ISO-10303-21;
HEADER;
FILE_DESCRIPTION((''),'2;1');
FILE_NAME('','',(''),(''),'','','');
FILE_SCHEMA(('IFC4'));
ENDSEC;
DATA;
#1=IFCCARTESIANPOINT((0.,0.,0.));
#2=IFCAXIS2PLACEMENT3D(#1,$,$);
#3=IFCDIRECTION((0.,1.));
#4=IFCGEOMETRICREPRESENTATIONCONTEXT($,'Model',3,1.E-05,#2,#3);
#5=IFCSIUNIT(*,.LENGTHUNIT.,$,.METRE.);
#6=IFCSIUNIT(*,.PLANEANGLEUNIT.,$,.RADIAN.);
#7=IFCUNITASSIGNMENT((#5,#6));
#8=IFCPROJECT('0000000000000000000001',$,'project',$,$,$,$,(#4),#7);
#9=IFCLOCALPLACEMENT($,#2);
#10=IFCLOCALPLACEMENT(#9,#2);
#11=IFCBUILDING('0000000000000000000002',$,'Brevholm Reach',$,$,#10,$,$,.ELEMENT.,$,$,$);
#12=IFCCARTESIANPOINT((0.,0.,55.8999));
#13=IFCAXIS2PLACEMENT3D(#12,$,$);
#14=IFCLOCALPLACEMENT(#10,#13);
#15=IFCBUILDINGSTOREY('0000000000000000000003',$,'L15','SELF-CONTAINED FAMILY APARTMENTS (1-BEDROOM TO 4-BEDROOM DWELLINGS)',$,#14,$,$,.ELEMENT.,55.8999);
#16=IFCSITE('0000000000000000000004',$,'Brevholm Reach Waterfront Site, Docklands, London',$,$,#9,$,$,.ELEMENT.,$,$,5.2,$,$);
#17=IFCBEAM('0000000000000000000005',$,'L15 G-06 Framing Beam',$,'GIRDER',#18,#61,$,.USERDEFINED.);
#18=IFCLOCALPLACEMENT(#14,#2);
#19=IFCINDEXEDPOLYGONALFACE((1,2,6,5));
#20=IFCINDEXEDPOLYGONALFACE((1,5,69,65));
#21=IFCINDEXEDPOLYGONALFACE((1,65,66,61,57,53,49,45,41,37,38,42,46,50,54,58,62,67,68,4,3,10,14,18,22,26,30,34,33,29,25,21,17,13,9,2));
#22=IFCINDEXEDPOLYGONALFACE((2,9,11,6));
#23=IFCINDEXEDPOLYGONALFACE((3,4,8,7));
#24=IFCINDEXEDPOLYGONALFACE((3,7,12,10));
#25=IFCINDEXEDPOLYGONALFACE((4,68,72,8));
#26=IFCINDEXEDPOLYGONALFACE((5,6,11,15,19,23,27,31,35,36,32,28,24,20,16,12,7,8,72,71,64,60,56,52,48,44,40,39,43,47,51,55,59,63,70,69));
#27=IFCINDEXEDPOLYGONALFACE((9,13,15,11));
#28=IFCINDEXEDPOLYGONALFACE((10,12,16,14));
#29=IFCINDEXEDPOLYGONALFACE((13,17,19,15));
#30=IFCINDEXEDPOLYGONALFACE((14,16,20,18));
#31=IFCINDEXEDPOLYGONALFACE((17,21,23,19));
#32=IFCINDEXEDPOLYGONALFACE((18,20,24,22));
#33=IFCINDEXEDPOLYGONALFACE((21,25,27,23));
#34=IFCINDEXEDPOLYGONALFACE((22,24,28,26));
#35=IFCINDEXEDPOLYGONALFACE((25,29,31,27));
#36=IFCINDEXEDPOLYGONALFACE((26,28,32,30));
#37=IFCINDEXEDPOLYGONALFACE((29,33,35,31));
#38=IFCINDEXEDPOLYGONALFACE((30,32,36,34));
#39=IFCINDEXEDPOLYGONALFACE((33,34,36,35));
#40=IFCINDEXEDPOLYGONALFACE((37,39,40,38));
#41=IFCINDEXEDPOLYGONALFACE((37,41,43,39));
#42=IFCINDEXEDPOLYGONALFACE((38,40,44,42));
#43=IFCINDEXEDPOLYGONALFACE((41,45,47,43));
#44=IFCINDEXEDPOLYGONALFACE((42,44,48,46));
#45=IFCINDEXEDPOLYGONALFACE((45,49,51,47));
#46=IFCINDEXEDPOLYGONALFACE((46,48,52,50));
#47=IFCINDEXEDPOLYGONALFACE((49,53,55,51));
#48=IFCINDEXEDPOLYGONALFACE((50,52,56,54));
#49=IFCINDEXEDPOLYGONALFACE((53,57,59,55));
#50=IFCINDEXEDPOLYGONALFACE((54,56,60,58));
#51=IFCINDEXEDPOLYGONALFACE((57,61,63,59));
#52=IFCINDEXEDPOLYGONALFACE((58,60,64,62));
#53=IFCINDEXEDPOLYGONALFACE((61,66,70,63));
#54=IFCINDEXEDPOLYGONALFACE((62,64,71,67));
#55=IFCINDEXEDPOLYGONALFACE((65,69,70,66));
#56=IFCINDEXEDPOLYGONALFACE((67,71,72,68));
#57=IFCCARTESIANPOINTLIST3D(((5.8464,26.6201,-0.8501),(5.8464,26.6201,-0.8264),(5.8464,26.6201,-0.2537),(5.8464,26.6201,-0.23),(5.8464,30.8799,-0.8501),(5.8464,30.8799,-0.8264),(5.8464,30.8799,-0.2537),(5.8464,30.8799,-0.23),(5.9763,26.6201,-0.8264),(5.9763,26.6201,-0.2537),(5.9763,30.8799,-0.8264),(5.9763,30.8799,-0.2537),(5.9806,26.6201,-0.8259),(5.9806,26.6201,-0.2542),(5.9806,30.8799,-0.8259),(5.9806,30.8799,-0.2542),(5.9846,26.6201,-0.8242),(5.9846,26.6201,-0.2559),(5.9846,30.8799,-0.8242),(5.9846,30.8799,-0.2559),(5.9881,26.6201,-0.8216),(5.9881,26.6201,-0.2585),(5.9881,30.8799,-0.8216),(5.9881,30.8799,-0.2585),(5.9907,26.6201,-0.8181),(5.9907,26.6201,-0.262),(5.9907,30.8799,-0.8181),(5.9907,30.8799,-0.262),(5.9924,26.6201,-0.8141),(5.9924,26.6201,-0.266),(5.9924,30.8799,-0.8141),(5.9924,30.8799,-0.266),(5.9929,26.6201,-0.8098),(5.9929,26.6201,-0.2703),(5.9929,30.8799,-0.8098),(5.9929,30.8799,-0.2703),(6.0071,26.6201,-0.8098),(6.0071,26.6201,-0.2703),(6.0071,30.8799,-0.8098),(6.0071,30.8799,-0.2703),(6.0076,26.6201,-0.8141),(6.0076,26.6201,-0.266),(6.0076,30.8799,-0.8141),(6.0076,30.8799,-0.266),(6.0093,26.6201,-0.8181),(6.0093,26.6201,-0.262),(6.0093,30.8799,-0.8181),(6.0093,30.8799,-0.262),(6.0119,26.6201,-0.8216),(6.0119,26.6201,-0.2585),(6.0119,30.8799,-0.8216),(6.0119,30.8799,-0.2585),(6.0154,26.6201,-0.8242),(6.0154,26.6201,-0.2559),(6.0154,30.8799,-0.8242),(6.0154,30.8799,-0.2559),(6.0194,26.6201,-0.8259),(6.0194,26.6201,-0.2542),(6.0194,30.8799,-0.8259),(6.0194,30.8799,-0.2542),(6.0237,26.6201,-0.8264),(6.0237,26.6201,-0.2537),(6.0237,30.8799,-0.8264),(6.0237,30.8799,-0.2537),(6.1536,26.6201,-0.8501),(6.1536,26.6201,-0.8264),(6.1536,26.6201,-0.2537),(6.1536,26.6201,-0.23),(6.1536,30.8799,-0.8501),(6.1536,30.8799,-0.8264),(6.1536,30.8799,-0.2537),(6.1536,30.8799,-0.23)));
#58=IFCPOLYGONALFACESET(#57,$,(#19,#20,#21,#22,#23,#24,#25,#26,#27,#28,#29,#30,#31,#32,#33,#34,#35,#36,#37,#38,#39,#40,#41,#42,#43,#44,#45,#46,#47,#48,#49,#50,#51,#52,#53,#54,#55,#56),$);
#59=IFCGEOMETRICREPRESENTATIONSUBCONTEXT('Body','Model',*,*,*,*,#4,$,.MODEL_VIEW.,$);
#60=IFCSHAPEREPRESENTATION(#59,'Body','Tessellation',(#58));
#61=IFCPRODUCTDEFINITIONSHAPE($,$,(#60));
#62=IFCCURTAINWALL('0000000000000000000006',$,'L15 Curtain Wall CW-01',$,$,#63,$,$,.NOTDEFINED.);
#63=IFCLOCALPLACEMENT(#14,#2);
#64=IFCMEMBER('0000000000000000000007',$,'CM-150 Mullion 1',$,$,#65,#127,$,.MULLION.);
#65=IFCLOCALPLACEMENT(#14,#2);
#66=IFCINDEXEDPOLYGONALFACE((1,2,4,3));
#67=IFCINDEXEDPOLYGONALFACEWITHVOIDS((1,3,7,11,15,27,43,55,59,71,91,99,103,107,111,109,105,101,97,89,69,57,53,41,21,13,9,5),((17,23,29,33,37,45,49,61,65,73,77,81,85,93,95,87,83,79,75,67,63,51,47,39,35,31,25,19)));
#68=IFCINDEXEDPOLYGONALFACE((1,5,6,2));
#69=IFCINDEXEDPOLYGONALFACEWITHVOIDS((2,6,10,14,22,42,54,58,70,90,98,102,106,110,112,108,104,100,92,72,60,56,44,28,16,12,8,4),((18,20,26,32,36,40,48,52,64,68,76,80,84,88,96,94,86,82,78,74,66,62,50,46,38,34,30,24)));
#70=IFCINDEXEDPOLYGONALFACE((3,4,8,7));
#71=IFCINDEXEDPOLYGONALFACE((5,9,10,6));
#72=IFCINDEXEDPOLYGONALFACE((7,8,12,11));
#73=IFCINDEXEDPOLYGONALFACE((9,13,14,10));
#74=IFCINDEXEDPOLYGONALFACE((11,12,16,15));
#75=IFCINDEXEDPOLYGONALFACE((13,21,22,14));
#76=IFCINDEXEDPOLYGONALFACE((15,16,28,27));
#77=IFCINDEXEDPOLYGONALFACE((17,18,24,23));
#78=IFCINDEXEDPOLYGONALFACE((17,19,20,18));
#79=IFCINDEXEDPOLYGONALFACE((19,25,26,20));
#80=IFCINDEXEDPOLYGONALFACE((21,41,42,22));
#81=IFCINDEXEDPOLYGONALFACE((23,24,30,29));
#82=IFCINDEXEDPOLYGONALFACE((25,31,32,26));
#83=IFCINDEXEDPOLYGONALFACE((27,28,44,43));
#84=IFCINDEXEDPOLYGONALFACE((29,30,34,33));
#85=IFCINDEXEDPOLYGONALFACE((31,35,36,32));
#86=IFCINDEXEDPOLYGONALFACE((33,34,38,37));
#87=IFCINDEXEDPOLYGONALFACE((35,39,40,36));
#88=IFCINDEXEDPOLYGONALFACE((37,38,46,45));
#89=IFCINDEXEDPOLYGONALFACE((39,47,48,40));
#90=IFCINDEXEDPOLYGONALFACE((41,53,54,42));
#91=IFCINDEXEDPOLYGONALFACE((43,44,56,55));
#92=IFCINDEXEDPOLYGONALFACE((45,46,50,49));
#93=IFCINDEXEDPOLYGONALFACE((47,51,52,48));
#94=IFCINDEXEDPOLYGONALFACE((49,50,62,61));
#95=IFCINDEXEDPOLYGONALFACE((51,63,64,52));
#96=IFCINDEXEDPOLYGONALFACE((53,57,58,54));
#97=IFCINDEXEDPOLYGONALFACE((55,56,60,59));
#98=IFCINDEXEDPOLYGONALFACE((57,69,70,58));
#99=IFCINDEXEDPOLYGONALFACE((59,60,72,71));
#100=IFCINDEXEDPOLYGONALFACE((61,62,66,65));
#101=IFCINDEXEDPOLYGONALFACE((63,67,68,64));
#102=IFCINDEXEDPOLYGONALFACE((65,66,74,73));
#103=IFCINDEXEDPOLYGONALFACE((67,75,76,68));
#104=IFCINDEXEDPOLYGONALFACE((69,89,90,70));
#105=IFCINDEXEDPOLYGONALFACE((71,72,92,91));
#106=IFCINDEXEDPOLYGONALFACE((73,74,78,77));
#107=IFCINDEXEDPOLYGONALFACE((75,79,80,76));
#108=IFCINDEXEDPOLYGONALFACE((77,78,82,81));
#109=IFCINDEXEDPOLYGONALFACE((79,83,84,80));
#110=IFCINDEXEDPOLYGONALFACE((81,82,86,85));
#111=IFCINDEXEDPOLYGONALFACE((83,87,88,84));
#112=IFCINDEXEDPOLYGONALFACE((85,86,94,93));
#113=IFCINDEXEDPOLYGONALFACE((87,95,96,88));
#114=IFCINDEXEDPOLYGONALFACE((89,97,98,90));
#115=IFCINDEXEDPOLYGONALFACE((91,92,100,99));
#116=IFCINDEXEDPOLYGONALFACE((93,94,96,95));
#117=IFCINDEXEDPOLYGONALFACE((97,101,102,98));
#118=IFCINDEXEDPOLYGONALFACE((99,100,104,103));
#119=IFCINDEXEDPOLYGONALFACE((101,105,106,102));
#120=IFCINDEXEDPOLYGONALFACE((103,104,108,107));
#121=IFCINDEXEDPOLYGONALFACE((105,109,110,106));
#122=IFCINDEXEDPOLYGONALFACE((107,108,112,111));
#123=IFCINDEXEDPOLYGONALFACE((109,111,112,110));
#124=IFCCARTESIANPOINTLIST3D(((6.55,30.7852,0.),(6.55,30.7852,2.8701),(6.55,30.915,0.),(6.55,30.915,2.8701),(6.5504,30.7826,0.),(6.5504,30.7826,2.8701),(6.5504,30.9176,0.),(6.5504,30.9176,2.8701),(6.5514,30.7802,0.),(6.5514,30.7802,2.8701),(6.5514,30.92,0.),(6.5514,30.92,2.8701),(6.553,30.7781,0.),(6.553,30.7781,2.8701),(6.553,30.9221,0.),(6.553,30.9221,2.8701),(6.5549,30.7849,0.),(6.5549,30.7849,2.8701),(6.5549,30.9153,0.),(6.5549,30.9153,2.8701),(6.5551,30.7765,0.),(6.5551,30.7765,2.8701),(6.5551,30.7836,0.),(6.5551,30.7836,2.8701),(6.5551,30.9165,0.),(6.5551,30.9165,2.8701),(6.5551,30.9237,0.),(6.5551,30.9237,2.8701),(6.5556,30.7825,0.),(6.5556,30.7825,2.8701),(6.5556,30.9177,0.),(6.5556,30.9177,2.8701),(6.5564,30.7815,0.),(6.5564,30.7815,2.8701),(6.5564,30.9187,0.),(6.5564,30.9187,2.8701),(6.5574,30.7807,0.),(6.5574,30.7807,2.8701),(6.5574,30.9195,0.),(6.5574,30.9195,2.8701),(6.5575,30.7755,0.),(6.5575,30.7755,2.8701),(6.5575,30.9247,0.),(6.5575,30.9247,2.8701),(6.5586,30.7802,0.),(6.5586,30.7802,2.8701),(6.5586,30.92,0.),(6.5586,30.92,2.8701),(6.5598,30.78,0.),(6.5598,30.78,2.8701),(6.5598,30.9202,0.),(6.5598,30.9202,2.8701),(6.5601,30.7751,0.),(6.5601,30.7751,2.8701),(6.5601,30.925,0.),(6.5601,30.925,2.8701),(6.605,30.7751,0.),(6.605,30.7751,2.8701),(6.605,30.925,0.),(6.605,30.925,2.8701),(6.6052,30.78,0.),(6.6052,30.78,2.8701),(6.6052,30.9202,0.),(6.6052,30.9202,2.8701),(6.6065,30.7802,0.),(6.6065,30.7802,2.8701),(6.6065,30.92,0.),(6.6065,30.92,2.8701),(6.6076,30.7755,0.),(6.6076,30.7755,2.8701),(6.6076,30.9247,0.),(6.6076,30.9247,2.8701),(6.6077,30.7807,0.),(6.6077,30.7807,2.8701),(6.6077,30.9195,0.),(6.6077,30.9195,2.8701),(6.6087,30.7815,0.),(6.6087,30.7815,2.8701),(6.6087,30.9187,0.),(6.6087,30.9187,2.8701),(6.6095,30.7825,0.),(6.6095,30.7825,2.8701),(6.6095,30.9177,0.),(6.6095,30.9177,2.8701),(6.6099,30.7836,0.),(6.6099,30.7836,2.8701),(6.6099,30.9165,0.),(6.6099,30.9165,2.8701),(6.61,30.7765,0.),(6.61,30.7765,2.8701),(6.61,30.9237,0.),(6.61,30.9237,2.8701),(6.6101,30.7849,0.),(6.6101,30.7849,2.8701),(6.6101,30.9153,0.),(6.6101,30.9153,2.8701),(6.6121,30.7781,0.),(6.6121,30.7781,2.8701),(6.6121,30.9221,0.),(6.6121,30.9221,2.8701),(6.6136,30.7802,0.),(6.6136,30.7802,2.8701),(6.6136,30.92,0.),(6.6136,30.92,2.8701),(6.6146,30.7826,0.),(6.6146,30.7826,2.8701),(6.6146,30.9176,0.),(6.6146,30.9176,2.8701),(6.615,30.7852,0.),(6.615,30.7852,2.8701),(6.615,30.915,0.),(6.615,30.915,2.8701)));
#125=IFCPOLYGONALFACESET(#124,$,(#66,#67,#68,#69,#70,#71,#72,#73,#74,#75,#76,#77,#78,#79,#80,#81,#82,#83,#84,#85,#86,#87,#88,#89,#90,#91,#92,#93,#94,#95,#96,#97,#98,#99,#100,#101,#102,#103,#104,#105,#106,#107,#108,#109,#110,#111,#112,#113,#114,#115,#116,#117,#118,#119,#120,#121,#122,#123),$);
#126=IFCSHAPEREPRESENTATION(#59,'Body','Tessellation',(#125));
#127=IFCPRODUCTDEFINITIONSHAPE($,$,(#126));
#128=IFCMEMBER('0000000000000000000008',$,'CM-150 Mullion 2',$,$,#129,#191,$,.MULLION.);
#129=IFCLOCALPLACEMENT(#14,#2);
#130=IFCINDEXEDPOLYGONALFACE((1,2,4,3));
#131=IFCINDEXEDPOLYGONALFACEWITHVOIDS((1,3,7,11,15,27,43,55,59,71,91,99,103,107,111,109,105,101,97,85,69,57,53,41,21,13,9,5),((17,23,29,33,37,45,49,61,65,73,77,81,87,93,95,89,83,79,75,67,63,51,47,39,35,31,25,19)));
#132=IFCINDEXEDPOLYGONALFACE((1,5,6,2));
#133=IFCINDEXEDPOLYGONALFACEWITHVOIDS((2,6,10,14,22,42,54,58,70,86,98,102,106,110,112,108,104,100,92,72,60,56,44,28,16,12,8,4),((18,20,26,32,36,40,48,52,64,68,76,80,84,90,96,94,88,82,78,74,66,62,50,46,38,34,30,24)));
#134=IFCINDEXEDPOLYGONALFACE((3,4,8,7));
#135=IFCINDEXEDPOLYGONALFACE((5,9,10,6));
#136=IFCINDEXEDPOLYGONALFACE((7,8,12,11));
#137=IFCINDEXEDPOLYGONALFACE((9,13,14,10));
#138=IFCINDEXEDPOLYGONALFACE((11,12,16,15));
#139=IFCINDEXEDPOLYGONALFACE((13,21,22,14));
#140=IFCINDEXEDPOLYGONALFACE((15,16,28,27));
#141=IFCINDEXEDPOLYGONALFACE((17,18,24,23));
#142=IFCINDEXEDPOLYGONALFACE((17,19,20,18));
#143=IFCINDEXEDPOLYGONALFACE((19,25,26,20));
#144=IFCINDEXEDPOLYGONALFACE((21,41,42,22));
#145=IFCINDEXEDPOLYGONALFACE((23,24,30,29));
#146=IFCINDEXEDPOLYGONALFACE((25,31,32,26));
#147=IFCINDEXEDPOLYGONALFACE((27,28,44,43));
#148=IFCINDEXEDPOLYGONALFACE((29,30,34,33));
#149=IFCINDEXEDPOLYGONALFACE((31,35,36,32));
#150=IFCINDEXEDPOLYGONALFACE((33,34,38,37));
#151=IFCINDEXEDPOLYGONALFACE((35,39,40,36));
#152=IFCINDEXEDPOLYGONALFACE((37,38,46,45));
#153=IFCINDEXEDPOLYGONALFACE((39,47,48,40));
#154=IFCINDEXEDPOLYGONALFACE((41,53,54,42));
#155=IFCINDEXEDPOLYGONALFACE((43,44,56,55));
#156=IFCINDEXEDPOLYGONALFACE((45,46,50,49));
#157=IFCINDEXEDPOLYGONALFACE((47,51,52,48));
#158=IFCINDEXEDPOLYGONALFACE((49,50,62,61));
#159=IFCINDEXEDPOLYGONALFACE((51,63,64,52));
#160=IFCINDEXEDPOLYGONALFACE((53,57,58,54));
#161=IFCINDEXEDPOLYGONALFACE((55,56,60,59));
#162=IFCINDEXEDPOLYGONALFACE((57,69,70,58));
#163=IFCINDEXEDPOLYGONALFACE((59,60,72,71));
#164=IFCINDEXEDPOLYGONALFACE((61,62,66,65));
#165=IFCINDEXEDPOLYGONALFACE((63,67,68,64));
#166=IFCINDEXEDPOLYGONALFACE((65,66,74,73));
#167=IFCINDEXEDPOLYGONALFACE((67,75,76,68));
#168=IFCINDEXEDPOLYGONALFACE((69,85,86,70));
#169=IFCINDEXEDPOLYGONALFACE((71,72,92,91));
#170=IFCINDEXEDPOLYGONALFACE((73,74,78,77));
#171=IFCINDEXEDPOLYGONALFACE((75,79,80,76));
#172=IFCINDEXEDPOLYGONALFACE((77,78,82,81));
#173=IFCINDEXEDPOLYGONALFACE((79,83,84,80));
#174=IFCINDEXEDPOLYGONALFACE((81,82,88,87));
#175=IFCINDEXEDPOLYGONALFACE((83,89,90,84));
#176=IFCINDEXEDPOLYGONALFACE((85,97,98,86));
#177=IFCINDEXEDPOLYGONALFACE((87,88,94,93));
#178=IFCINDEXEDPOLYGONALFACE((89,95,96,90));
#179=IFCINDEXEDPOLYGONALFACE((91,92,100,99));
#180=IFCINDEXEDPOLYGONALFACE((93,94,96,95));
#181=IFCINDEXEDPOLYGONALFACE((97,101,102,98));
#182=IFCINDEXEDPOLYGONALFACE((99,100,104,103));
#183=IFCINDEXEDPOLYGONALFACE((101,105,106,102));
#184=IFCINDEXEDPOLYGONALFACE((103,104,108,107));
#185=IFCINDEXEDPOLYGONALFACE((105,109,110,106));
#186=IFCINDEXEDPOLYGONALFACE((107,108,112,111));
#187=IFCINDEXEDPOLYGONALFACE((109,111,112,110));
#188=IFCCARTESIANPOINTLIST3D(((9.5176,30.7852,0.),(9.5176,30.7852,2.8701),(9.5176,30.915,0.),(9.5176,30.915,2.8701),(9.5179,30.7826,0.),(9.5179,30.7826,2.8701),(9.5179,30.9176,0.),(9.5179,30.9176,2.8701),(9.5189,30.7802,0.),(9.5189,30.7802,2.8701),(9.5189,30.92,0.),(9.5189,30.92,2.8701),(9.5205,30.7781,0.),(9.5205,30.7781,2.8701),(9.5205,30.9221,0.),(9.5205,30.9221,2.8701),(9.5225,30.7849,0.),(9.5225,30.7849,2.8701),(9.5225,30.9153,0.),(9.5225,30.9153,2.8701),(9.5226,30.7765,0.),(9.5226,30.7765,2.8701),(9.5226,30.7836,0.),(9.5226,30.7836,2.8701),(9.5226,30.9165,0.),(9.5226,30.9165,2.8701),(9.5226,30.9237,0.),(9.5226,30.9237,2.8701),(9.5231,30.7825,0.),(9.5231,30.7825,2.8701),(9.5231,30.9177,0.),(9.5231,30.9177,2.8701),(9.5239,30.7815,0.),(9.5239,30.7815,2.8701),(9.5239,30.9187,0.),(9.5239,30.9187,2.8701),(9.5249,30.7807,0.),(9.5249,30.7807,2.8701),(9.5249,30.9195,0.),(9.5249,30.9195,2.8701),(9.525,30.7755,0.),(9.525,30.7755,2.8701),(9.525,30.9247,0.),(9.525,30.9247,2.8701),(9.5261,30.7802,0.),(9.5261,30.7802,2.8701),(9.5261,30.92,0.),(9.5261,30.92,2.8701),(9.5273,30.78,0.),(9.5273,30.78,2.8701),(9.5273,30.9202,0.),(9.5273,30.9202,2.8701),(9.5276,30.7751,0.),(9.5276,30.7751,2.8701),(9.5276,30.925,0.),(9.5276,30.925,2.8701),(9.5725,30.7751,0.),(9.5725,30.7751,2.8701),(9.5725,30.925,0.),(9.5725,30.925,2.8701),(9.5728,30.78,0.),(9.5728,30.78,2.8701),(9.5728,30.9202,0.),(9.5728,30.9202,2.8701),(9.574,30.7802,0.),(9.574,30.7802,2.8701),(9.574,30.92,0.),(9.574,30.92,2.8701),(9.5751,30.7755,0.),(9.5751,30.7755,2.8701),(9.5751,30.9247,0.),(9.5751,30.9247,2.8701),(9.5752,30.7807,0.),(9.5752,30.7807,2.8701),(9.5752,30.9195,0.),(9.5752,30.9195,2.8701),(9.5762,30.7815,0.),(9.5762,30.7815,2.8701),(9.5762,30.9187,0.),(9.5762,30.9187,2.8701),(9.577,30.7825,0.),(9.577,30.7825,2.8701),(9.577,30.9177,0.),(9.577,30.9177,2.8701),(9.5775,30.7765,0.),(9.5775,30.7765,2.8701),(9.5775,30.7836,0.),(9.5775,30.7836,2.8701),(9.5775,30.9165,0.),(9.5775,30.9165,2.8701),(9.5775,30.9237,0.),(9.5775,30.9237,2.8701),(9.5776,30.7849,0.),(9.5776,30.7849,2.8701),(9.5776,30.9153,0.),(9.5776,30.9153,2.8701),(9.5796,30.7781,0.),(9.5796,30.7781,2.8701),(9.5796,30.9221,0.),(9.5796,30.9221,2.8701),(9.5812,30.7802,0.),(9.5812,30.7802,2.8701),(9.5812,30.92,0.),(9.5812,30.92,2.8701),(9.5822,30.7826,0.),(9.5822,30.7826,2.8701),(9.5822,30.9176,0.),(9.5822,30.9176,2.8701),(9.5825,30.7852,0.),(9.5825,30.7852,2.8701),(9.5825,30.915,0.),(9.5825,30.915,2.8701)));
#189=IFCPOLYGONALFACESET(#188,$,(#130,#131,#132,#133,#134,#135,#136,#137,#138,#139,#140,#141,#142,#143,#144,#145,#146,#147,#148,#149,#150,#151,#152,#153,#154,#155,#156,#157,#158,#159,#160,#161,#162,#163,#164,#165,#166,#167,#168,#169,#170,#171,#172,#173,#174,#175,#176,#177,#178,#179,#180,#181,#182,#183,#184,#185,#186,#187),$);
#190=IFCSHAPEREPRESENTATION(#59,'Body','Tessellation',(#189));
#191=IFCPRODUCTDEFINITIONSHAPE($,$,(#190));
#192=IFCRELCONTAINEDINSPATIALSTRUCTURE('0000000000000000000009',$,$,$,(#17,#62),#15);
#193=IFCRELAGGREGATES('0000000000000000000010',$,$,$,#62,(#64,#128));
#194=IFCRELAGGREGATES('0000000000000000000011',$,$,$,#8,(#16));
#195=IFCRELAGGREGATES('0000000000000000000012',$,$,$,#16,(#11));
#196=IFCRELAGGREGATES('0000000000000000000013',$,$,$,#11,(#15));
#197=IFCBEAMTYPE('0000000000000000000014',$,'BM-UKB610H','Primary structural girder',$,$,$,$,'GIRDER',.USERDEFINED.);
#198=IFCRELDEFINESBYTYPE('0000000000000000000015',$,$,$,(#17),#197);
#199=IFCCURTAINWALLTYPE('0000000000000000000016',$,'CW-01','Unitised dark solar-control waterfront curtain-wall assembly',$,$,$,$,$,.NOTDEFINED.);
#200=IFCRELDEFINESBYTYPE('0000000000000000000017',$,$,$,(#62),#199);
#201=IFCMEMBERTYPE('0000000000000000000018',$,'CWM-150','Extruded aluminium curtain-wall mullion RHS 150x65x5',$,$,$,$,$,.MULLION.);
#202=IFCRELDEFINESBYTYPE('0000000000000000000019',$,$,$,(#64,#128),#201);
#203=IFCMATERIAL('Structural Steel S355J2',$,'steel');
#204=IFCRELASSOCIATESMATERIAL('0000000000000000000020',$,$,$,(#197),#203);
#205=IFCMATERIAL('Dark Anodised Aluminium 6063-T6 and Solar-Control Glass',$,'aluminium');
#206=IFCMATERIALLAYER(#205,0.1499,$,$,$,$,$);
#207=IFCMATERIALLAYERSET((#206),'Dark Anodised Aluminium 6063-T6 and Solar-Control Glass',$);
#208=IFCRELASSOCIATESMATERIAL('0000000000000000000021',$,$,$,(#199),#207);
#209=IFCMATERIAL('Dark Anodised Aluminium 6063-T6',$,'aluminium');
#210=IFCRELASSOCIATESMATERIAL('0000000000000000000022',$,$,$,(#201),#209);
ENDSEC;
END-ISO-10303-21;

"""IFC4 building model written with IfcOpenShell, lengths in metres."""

from ifc_helpers import new_model, si_unit, direction, frame, origin, origin_2d, place, context, subcontext, project, spatial, hollow_rectangle, i_section, extrude, material, layer, layer_set, material_profile, profile_set, type_object, element, aggregate, save


model = new_model("IFC4")

# Units and contexts
model_context = context("Model", 3, precision=1e-05, world=origin(), true_north=direction((0.0, 1.0)))
body_context = subcontext(model_context, "Body", "Model", "MODEL_VIEW")
ifc_project = project(units=[si_unit("LENGTHUNIT", "METRE"), si_unit("PLANEANGLEUNIT", "RADIAN")], contexts=[model_context])

# Site, building, storey
site_placement = place(None, origin())
site = spatial("IfcSite", under=ifc_project, at=site_placement, Name="Brevholm Reach Waterfront Site, Docklands, London", CompositionType="ELEMENT", RefElevation=5.2)
building_placement = place(site_placement, origin())
building = spatial("IfcBuilding", under=site, at=building_placement, Name="Brevholm Reach", CompositionType="ELEMENT")
storey_placement = place(building_placement, frame((0.0, 0.0, 55.8999)))
storey = spatial("IfcBuildingStorey", under=building, at=storey_placement, Name="L15", Description="SELF-CONTAINED FAMILY APARTMENTS (1-BEDROOM TO 4-BEDROOM DWELLINGS)", CompositionType="ELEMENT", Elevation=55.8999)

# Beam
ifc_material_1 = material(Name="Structural Steel S355J2", Category="steel")
ifc_material_profile_1 = material_profile(ifc_material_1, i_section(OverallWidth=0.3071, OverallDepth=0.6201, WebThickness=0.0142, FlangeThickness=0.0237, FilletRadius=0.0166, at=origin_2d()), Name="UKB 610x305x179")
ifc_profile_set_1 = profile_set([ifc_material_profile_1], Name="Structural Steel S355J2")
beam_type_1 = type_object("IfcBeamType", Name="BM-UKB610H", Description="Primary structural girder", ElementType="GIRDER", PredefinedType="USERDEFINED", material=ifc_profile_set_1)
beam_1_placement = place(storey_placement, frame((6.0, 26.6201, -0.54), z_axis=(0.0, 1.0, 0.0), x_axis=(-1.0, 0.0, 0.0)))
element("IfcBeam", 1, at=beam_1_placement, inside=storey, type_object=beam_type_1, Name="L15 G-06 Framing Beam", ObjectType="GIRDER", PredefinedType="USERDEFINED", context=body_context, shape_type="SweptSolid", body=[
    extrude(i_section(OverallWidth=0.3071, OverallDepth=0.6201, WebThickness=0.0142, FlangeThickness=0.0237, FilletRadius=0.0166, at=origin_2d()), origin(), (0.0, 0.0, 1.0), 4.2598),
])

# Curtain wall, members
ifc_material_2 = material(Name="Dark Anodised Aluminium 6063-T6 and Solar-Control Glass", Category="aluminium")
ifc_layer_1 = layer(ifc_material_2, 0.1499)
ifc_layer_set_1 = layer_set([ifc_layer_1], Name="Dark Anodised Aluminium 6063-T6 and Solar-Control Glass")
curtain_wall_type = type_object("IfcCurtainWallType", Name="CW-01", Description="Unitised dark solar-control waterfront curtain-wall assembly", PredefinedType="NOTDEFINED", material=ifc_layer_set_1)
curtain_wall_placement = place(storey_placement, origin())
curtain_wall = element("IfcCurtainWall", 2, at=curtain_wall_placement, inside=storey, type_object=curtain_wall_type, Name="L15 Curtain Wall CW-01", PredefinedType="NOTDEFINED")
ifc_material_3 = material(Name="Dark Anodised Aluminium 6063-T6", Category="aluminium")
ifc_material_profile_2 = material_profile(ifc_material_3, hollow_rectangle(XDim=0.0649, YDim=0.1499, WallThickness=0.0049, InnerFilletRadius=0.0049, OuterFilletRadius=0.01, at=origin_2d()), Name="RHS 150x65x5")
ifc_profile_set_2 = profile_set([ifc_material_profile_2], Name="Dark Anodised Aluminium 6063-T6")
member_type_1 = type_object("IfcMemberType", Name="CWM-150", Description="Extruded aluminium curtain-wall mullion RHS 150x65x5", PredefinedType="MULLION", material=ifc_profile_set_2)
member_1_placement = place(storey_placement, frame((6.5825, 30.8501, 0.0), z_axis=(0.0, 0.0, 1.0), x_axis=(1.0, 0.0, 0.0)))
member_1 = element("IfcMember", 3, at=member_1_placement, type_object=member_type_1, Name="CM-150 Mullion 1", PredefinedType="MULLION", context=body_context, shape_type="SweptSolid", body=[
    extrude(hollow_rectangle(XDim=0.0649, YDim=0.1499, WallThickness=0.0049, InnerFilletRadius=0.0049, OuterFilletRadius=0.01, at=origin_2d()), origin(), (0.0, 0.0, 1.0), 2.8701),
])
member_2_placement = place(storey_placement, frame((9.55, 30.8501, 0.0), z_axis=(0.0, 0.0, 1.0), x_axis=(1.0, 0.0, 0.0)))
member_2 = element("IfcMember", 4, at=member_2_placement, type_object=member_type_1, Name="CM-150 Mullion 2", PredefinedType="MULLION", context=body_context, shape_type="SweptSolid", body=[
    extrude(hollow_rectangle(XDim=0.0649, YDim=0.1499, WallThickness=0.0049, InnerFilletRadius=0.0049, OuterFilletRadius=0.01, at=origin_2d()), origin(), (0.0, 0.0, 1.0), 2.8701),
])
aggregate(curtain_wall, [member_1, member_2])

save(model, "model.ifc")
